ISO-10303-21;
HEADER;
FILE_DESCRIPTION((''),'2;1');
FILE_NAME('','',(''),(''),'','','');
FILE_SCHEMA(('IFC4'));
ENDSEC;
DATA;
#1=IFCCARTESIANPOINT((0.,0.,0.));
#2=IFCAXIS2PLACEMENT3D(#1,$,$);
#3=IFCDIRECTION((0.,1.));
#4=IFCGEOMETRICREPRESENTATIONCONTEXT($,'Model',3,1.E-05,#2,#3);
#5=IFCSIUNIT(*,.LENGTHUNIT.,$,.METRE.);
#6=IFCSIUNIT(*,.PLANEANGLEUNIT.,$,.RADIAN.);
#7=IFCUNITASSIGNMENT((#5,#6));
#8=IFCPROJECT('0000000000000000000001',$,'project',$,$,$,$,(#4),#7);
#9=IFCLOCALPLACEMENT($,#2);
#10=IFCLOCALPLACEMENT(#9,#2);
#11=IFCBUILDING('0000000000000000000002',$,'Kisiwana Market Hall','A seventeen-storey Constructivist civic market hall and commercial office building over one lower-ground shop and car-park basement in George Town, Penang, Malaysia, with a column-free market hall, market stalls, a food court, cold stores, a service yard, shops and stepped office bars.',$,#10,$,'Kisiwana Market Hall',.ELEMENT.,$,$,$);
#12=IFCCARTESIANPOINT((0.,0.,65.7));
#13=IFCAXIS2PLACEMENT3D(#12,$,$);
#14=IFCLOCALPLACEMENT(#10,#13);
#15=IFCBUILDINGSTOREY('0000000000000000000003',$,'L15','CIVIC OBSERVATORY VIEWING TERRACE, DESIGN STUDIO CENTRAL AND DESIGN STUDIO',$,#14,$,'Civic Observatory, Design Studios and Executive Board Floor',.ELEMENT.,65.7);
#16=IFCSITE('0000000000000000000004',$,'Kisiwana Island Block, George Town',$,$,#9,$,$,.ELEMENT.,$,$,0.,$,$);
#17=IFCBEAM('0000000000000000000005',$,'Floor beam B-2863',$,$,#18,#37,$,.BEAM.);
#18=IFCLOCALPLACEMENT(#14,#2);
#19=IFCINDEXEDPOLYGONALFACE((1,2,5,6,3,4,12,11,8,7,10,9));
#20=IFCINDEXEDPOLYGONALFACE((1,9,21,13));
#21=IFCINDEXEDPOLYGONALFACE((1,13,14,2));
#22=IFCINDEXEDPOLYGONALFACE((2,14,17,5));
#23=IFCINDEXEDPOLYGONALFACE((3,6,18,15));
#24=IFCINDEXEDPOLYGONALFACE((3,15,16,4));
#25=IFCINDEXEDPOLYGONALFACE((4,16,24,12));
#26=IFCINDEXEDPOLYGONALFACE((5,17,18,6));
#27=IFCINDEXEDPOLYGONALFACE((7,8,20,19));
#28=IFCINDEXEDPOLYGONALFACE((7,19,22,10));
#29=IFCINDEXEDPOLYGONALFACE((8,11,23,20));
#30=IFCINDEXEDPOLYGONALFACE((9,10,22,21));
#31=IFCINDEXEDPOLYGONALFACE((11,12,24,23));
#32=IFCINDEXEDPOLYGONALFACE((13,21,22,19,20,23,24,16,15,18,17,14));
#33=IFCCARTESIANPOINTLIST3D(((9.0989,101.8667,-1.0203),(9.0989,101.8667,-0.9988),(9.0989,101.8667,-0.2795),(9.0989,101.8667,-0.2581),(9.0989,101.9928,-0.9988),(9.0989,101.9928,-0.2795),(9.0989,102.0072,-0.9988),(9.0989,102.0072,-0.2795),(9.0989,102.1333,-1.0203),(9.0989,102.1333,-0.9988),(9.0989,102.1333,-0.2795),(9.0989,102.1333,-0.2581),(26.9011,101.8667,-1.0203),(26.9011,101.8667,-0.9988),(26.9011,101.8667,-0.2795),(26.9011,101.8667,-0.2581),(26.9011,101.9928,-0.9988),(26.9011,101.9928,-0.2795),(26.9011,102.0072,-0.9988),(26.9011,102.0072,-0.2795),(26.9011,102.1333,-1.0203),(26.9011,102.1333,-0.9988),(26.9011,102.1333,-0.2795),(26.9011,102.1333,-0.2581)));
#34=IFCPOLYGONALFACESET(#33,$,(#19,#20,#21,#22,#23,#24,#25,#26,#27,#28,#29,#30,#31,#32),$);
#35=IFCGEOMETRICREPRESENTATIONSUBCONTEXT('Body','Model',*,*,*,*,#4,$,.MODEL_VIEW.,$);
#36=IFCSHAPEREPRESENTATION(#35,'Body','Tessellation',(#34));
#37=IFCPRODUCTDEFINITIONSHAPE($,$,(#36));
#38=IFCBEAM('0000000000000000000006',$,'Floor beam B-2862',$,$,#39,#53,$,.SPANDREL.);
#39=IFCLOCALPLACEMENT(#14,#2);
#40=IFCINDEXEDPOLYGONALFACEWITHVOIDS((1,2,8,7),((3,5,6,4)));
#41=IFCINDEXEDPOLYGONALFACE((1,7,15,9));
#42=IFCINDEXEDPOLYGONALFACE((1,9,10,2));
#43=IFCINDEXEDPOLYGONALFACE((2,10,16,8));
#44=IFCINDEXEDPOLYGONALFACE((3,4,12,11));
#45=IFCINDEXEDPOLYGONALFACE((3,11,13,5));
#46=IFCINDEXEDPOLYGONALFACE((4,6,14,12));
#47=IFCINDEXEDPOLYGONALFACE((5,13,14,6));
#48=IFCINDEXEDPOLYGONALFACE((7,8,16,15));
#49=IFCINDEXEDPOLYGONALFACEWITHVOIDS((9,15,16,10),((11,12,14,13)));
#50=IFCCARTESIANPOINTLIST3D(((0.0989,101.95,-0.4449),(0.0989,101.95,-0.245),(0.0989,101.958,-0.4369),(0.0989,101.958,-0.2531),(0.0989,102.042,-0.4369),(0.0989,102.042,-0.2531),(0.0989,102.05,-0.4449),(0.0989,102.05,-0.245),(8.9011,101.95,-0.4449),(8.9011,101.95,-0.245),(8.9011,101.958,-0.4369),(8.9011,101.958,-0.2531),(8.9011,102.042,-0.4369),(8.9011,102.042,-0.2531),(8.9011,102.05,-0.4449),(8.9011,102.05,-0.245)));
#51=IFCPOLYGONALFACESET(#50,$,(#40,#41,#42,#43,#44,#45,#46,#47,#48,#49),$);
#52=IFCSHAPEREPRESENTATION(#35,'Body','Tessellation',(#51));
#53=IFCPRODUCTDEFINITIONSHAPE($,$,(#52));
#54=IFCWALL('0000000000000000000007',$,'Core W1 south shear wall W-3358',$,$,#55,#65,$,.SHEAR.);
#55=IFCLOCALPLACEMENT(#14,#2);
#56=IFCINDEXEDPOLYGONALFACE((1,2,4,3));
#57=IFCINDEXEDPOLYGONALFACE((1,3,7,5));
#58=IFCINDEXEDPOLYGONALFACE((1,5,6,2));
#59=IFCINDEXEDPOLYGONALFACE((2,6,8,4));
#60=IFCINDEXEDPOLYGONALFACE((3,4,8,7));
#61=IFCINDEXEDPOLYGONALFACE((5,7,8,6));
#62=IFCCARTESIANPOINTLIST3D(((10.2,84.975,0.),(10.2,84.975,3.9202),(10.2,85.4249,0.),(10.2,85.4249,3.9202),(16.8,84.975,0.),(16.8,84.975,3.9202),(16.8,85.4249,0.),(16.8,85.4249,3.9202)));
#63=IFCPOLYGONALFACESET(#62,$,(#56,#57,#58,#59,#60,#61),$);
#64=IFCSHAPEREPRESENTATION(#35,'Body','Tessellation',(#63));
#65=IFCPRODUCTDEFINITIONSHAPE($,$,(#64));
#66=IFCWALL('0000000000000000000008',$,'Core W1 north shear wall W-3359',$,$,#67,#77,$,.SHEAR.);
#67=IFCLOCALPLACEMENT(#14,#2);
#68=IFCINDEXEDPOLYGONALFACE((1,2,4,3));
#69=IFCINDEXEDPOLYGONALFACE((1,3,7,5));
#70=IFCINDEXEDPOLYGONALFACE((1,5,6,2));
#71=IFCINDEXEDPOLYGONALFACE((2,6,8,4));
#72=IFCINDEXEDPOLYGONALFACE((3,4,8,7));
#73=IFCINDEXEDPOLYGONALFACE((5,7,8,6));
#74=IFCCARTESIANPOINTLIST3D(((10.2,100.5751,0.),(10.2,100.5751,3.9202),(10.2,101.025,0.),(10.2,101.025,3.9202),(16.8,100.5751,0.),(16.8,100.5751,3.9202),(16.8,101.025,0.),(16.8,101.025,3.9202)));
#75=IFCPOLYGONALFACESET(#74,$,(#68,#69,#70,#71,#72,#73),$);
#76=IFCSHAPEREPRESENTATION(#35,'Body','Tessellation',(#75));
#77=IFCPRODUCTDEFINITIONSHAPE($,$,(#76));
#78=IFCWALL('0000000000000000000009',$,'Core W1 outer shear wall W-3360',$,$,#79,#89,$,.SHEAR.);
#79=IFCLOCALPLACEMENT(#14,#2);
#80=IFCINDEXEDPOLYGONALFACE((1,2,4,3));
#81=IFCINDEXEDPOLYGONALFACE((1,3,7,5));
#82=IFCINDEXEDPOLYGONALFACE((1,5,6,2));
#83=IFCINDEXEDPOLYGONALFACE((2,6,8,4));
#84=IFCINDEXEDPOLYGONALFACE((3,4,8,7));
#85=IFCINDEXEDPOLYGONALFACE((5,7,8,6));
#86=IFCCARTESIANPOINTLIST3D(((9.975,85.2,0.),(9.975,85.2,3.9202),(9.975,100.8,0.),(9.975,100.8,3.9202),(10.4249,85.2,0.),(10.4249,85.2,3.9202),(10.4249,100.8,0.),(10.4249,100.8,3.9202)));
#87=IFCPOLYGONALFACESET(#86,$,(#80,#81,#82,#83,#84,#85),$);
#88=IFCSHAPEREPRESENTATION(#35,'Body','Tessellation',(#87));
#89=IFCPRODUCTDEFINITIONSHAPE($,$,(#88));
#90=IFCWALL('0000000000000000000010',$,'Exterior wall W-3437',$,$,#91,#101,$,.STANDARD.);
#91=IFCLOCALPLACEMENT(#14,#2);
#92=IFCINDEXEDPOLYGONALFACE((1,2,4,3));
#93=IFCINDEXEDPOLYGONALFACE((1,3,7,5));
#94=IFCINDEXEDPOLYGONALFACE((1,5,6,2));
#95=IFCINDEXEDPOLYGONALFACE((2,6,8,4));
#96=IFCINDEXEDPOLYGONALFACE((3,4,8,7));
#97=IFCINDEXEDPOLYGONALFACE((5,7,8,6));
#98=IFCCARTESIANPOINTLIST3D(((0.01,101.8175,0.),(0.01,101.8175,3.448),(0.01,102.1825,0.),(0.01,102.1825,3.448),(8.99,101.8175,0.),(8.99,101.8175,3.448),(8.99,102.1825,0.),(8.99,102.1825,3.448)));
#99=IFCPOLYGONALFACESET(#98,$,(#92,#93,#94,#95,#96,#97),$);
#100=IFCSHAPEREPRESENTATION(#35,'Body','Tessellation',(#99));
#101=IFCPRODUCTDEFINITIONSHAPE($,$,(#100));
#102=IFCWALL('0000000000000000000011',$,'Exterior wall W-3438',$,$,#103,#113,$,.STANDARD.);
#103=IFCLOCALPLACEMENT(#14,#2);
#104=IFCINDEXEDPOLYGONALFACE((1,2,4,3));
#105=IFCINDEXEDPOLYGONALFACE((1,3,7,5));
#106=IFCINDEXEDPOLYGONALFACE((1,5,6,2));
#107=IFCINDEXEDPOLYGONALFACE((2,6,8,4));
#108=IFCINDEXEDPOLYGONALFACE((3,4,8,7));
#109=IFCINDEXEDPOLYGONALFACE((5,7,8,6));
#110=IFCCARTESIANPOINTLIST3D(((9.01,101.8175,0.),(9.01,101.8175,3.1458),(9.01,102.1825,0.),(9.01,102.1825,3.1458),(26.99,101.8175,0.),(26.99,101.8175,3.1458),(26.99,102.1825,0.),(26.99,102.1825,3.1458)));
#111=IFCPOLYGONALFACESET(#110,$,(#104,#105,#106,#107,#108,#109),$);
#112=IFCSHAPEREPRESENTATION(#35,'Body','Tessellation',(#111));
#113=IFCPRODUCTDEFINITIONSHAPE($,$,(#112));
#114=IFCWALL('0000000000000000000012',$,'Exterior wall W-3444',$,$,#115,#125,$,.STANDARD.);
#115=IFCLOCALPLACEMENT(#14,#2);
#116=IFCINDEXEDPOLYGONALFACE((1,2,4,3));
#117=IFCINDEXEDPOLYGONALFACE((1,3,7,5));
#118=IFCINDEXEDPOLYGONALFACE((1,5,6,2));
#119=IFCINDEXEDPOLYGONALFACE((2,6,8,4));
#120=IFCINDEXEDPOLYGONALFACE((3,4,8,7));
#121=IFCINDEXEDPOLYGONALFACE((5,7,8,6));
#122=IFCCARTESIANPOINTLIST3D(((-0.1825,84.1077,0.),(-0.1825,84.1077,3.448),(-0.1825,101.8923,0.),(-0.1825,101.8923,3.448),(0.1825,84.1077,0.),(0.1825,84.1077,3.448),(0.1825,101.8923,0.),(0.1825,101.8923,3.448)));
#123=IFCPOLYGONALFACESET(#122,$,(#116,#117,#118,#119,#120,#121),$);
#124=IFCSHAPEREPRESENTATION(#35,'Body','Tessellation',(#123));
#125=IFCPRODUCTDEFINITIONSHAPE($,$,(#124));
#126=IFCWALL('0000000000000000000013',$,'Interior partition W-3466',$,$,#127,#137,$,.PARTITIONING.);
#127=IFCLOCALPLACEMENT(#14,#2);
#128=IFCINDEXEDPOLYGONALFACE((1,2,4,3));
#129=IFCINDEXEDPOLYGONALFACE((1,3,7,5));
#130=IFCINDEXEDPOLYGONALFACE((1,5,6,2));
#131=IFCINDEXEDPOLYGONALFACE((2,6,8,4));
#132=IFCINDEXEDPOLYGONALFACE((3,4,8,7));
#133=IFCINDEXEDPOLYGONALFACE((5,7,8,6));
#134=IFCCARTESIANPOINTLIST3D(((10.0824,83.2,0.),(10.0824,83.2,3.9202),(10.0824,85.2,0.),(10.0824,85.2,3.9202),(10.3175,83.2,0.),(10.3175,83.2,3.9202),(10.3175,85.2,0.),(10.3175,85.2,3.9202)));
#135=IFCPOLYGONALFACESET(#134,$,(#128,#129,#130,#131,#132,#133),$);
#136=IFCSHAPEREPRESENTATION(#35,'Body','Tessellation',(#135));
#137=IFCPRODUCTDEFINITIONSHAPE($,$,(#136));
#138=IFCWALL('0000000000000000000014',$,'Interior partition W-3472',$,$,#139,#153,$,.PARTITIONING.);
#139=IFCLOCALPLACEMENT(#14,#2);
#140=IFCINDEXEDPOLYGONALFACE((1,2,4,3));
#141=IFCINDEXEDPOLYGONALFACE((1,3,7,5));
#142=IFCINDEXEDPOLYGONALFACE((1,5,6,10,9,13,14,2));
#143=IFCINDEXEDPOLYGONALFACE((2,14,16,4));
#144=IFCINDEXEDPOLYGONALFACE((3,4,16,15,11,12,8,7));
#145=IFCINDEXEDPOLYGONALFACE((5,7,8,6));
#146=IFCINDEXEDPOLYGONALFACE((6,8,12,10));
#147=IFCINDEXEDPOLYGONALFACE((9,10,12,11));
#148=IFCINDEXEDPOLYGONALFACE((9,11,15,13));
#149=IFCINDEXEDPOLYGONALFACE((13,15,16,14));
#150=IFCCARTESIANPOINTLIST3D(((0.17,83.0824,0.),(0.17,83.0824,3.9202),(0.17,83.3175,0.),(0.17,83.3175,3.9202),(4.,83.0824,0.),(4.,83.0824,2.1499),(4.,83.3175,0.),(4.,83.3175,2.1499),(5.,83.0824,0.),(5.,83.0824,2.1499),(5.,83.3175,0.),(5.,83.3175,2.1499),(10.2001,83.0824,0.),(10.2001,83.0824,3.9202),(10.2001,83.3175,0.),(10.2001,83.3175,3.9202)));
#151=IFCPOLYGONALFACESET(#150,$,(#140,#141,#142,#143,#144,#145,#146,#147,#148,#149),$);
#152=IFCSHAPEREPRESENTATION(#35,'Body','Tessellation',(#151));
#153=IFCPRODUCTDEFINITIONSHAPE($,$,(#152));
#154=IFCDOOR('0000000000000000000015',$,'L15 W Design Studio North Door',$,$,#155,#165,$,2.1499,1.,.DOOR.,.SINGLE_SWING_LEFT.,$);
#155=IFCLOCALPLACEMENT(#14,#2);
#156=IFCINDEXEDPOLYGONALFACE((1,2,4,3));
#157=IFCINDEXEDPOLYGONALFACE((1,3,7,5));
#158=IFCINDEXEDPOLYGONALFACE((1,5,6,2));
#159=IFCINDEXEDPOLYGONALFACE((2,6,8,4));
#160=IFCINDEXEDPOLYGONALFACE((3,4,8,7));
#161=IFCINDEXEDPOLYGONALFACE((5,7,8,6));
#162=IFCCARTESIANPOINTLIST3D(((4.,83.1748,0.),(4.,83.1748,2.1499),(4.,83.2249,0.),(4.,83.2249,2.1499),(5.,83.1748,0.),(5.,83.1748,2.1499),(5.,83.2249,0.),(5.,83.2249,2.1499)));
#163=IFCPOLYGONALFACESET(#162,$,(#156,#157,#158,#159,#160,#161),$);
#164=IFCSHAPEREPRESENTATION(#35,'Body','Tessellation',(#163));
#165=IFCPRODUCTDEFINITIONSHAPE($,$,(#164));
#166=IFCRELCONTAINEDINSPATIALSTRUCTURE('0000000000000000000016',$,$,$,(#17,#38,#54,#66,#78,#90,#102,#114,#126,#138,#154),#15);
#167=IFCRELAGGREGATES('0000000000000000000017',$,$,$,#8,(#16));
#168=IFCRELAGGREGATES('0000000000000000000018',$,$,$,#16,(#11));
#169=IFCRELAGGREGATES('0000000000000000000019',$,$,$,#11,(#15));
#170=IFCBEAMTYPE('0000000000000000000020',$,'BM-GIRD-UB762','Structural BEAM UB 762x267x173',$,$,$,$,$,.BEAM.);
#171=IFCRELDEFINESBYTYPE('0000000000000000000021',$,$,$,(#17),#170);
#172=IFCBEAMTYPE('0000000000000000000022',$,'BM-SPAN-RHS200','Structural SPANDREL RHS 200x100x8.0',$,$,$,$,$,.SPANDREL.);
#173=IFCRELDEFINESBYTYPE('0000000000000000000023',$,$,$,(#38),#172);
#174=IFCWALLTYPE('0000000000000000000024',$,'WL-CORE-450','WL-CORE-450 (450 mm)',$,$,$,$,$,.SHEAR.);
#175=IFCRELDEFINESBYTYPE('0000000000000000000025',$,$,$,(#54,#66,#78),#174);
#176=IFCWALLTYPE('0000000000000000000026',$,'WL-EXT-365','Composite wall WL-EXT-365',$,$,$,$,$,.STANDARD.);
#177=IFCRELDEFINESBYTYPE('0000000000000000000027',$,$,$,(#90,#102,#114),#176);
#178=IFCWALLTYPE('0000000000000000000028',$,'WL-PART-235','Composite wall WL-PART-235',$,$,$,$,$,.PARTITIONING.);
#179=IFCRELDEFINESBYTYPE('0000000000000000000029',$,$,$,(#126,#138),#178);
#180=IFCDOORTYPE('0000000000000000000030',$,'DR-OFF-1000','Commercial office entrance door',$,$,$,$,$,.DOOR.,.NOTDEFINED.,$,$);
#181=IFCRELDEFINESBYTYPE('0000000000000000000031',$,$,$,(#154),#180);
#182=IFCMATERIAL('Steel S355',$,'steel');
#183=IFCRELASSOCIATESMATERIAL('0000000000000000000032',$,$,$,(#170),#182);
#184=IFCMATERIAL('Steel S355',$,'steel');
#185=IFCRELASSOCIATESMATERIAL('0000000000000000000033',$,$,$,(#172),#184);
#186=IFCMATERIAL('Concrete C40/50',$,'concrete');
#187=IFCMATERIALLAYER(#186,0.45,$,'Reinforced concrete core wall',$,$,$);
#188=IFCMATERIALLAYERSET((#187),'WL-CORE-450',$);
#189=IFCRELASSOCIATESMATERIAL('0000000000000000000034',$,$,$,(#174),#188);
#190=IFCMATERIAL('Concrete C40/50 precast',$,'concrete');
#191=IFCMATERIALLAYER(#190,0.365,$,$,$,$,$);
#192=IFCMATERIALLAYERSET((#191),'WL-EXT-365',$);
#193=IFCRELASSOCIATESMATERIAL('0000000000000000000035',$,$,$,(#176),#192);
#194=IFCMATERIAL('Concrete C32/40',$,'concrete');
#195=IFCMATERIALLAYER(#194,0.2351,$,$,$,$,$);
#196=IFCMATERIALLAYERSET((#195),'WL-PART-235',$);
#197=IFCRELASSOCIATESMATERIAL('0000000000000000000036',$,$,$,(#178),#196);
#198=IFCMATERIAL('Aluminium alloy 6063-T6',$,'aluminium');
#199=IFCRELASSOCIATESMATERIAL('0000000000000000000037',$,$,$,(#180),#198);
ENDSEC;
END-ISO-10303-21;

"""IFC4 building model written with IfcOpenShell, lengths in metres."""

from ifc_helpers import new_model, si_unit, direction, frame, frame_2d, origin, origin_2d, place, context, subcontext, project, spatial, rectangle, hollow_rectangle, i_section, extrude, material, layer, layer_set, material_profile, profile_set, type_object, element, fill, save


model = new_model("IFC4")

# Units and contexts
model_context = context("Model", 3, precision=1e-05, world=origin(), true_north=direction((0.0, 1.0)))
body_context = subcontext(model_context, "Body", "Model", "MODEL_VIEW")
ifc_project = project(units=[si_unit("LENGTHUNIT", "METRE"), si_unit("PLANEANGLEUNIT", "RADIAN")], contexts=[model_context])

# Site, building, storey
site_placement = place(None, origin())
site = spatial("IfcSite", under=ifc_project, at=site_placement, Name="Kisiwana Island Block, George Town", CompositionType="ELEMENT", RefElevation=0.0)
building_placement = place(site_placement, origin())
building = spatial("IfcBuilding", under=site, at=building_placement, Name="Kisiwana Market Hall", Description="A seventeen-storey Constructivist civic market hall and commercial office building over one lower-ground shop and car-park basement in George Town, Penang, Malaysia, with a column-free market hall, market stalls, a food court, cold stores, a service yard, shops and stepped office bars.", LongName="Kisiwana Market Hall", CompositionType="ELEMENT")
storey_placement = place(building_placement, frame((0.0, 0.0, 65.7)))
storey = spatial("IfcBuildingStorey", under=building, at=storey_placement, Name="L15", Description="CIVIC OBSERVATORY VIEWING TERRACE, DESIGN STUDIO CENTRAL AND DESIGN STUDIO", LongName="Civic Observatory, Design Studios and Executive Board Floor", CompositionType="ELEMENT", Elevation=65.7)

# Beams
ifc_material_1 = material(Name="Steel S355", Category="steel")
ifc_material_profile_1 = material_profile(ifc_material_1, i_section(OverallWidth=0.2666, OverallDepth=0.7622, WebThickness=0.0144, FlangeThickness=0.0215, at=origin_2d()), Name="UB 762x267x173")
ifc_profile_set_1 = profile_set([ifc_material_profile_1], Name="Steel S355")
beam_type_1 = type_object("IfcBeamType", Name="BM-GIRD-UB762", Description="Structural BEAM UB 762x267x173", PredefinedType="BEAM", material=ifc_profile_set_1)
for number, where, z_axis, x_axis, name in (
    (1, (9.0989, 102.0, -0.6392), (1.0, 0.0, 0.0), (0.0, 1.0, 0.0), "Floor beam B-2863"),
):
    element("IfcBeam", number, at=place(storey_placement, frame(where, z_axis=z_axis, x_axis=x_axis)), inside=storey, type_object=beam_type_1, Name=name, PredefinedType="BEAM", context=body_context, shape_type="SweptSolid", body=[
        extrude(i_section(OverallWidth=0.2666, OverallDepth=0.7622, WebThickness=0.0144, FlangeThickness=0.0215, at=origin_2d()), origin(), (0.0, 0.0, 1.0), 17.8022),
    ])
ifc_material_2 = material(Name="Steel S355", Category="steel")
ifc_material_profile_2 = material_profile(ifc_material_2, hollow_rectangle(XDim=0.1001, YDim=0.2, WallThickness=0.0081, at=origin_2d()), Name="RHS 200x100x8.0")
ifc_profile_set_2 = profile_set([ifc_material_profile_2], Name="Steel S355")
beam_type_2 = type_object("IfcBeamType", Name="BM-SPAN-RHS200", Description="Structural SPANDREL RHS 200x100x8.0", PredefinedType="SPANDREL", material=ifc_profile_set_2)
beam_1_placement = place(storey_placement, frame((0.0989, 102.0, -0.345), z_axis=(1.0, 0.0, 0.0), x_axis=(0.0, 1.0, 0.0)))
element("IfcBeam", 2, at=beam_1_placement, inside=storey, type_object=beam_type_2, Name="Floor beam B-2862", PredefinedType="SPANDREL", context=body_context, shape_type="SweptSolid", body=[
    extrude(hollow_rectangle(XDim=0.1001, YDim=0.2, WallThickness=0.0081, at=origin_2d()), origin(), (0.0, 0.0, 1.0), 8.8022),
])

# Walls
ifc_material_3 = material(Name="Concrete C40/50", Category="concrete")
ifc_layer_1 = layer(ifc_material_3, 0.45, Name="Reinforced concrete core wall")
ifc_layer_set_1 = layer_set([ifc_layer_1], Name="WL-CORE-450")
wall_type_1 = type_object("IfcWallType", Name="WL-CORE-450", Description="WL-CORE-450 (450 mm)", PredefinedType="SHEAR", material=ifc_layer_set_1)
for number, where, z_axis, x_axis, name in (
    (3, (10.2, 85.2, 0.0), (0.0, 0.0, 1.0), (1.0, 0.0, 0.0), "Core W1 south shear wall W-3358"),
    (4, (10.2, 100.8, 0.0), (0.0, 0.0, 1.0), (1.0, 0.0, 0.0), "Core W1 north shear wall W-3359"),
):
    element("IfcWall", number, at=place(storey_placement, frame(where, z_axis=z_axis, x_axis=x_axis)), inside=storey, type_object=wall_type_1, Name=name, PredefinedType="SHEAR", context=body_context, shape_type="SweptSolid", body=[
        extrude(rectangle(XDim=6.6001, YDim=0.45, at=frame_2d((3.3, 0.0))), origin(), (0.0, 0.0, 1.0), 3.9202),
    ])
wall_1_placement = place(storey_placement, frame((10.2, 85.2, 0.0), z_axis=(0.0, 0.0, 1.0), x_axis=(0.0, 1.0, 0.0)))
element("IfcWall", 5, at=wall_1_placement, inside=storey, type_object=wall_type_1, Name="Core W1 outer shear wall W-3360", PredefinedType="SHEAR", context=body_context, shape_type="SweptSolid", body=[
    extrude(rectangle(XDim=15.6001, YDim=0.45, at=frame_2d((7.8, 0.0))), origin(), (0.0, 0.0, 1.0), 3.9202),
])
ifc_material_4 = material(Name="Concrete C40/50 precast", Category="concrete")
ifc_layer_2 = layer(ifc_material_4, 0.365)
ifc_layer_set_2 = layer_set([ifc_layer_2], Name="WL-EXT-365")
wall_type_2 = type_object("IfcWallType", Name="WL-EXT-365", Description="Composite wall WL-EXT-365", PredefinedType="STANDARD", material=ifc_layer_set_2)
wall_2_placement = place(storey_placement, frame((0.01, 102.0, 0.0), z_axis=(0.0, 0.0, 1.0), x_axis=(1.0, 0.0, 0.0)))
element("IfcWall", 6, at=wall_2_placement, inside=storey, type_object=wall_type_2, Name="Exterior wall W-3437", PredefinedType="STANDARD", context=body_context, shape_type="SweptSolid", body=[
    extrude(rectangle(XDim=8.98, YDim=0.365, at=frame_2d((4.49, 0.0))), origin(), (0.0, 0.0, 1.0), 3.448),
])
wall_3_placement = place(storey_placement, frame((9.01, 102.0, 0.0), z_axis=(0.0, 0.0, 1.0), x_axis=(1.0, 0.0, 0.0)))
element("IfcWall", 7, at=wall_3_placement, inside=storey, type_object=wall_type_2, Name="Exterior wall W-3438", PredefinedType="STANDARD", context=body_context, shape_type="SweptSolid", body=[
    extrude(rectangle(XDim=17.98, YDim=0.365, at=frame_2d((8.99, 0.0))), origin(), (0.0, 0.0, 1.0), 3.1458),
])
wall_4_placement = place(storey_placement, frame((0.0, 84.1077, 0.0), z_axis=(0.0, 0.0, 1.0), x_axis=(0.0, 1.0, 0.0)))
element("IfcWall", 8, at=wall_4_placement, inside=storey, type_object=wall_type_2, Name="Exterior wall W-3444", PredefinedType="STANDARD", context=body_context, shape_type="SweptSolid", body=[
    extrude(rectangle(XDim=17.7847, YDim=0.365, at=frame_2d((8.8923, 0.0))), origin(), (0.0, 0.0, 1.0), 3.448),
])
ifc_material_5 = material(Name="Concrete C32/40", Category="concrete")
ifc_layer_3 = layer(ifc_material_5, 0.2351)
ifc_layer_set_3 = layer_set([ifc_layer_3], Name="WL-PART-235")
wall_type_3 = type_object("IfcWallType", Name="WL-PART-235", Description="Composite wall WL-PART-235", PredefinedType="PARTITIONING", material=ifc_layer_set_3)
wall_5_placement = place(storey_placement, frame((10.2, 83.2, 0.0), z_axis=(0.0, 0.0, 1.0), x_axis=(0.0, 1.0, 0.0)))
element("IfcWall", 9, at=wall_5_placement, inside=storey, type_object=wall_type_3, Name="Interior partition W-3466", PredefinedType="PARTITIONING", context=body_context, shape_type="SweptSolid", body=[
    extrude(rectangle(XDim=2.0, YDim=0.2351, at=frame_2d((1.0, 0.0))), origin(), (0.0, 0.0, 1.0), 3.9202),
])

# Wall, opening, door
wall_6_placement = place(storey_placement, frame((0.1699, 83.2, 0.0), z_axis=(0.0, 0.0, 1.0), x_axis=(1.0, 0.0, 0.0)))
wall_6 = element("IfcWall", 10, at=wall_6_placement, inside=storey, type_object=wall_type_3, Name="Interior partition W-3472", PredefinedType="PARTITIONING", context=body_context, shape_type="SweptSolid", body=[
    extrude(rectangle(XDim=10.03, YDim=0.2351, at=frame_2d((5.0151, 0.0))), origin(), (0.0, 0.0, 1.0), 3.9202),
])
opening_placement = place(wall_6_placement, frame((3.8301, 0.0, 0.0)))
opening = element("IfcOpeningElement", 11, at=opening_placement, cuts=wall_6, PredefinedType="OPENING", context=body_context, shape_type="SweptSolid", body=[
    extrude(rectangle(XDim=1.0, YDim=2.1499, at=frame_2d((0.5, 1.075))), frame((0.0, 0.1294, 0.0), z_axis=(0.0, -1.0, 0.0), x_axis=(1.0, 0.0, 0.0)), (0.0, 0.0, 1.0), 0.259),
])
ifc_material_6 = material(Name="Aluminium alloy 6063-T6", Category="aluminium")
door_type = type_object("IfcDoorType", Name="DR-OFF-1000", Description="Commercial office entrance door", OperationType="NOTDEFINED", PredefinedType="DOOR", material=ifc_material_6)
door_placement = place(opening_placement, origin())
door = element("IfcDoor", 12, at=door_placement, inside=storey, type_object=door_type, Name="L15 W Design Studio North Door", OperationType="SINGLE_SWING_LEFT", OverallHeight=2.1499, OverallWidth=1.0, PredefinedType="DOOR", context=body_context, shape_type="SweptSolid", body=[
    extrude(rectangle(XDim=1.0, YDim=2.1499, at=frame_2d((0.5, 1.075))), frame((0.0, 0.0249, 0.0), z_axis=(0.0, -1.0, 0.0), x_axis=(1.0, 0.0, 0.0)), (0.0, 0.0, 1.0), 0.05),
])
fill(opening, door)

save(model, "model.ifc")
